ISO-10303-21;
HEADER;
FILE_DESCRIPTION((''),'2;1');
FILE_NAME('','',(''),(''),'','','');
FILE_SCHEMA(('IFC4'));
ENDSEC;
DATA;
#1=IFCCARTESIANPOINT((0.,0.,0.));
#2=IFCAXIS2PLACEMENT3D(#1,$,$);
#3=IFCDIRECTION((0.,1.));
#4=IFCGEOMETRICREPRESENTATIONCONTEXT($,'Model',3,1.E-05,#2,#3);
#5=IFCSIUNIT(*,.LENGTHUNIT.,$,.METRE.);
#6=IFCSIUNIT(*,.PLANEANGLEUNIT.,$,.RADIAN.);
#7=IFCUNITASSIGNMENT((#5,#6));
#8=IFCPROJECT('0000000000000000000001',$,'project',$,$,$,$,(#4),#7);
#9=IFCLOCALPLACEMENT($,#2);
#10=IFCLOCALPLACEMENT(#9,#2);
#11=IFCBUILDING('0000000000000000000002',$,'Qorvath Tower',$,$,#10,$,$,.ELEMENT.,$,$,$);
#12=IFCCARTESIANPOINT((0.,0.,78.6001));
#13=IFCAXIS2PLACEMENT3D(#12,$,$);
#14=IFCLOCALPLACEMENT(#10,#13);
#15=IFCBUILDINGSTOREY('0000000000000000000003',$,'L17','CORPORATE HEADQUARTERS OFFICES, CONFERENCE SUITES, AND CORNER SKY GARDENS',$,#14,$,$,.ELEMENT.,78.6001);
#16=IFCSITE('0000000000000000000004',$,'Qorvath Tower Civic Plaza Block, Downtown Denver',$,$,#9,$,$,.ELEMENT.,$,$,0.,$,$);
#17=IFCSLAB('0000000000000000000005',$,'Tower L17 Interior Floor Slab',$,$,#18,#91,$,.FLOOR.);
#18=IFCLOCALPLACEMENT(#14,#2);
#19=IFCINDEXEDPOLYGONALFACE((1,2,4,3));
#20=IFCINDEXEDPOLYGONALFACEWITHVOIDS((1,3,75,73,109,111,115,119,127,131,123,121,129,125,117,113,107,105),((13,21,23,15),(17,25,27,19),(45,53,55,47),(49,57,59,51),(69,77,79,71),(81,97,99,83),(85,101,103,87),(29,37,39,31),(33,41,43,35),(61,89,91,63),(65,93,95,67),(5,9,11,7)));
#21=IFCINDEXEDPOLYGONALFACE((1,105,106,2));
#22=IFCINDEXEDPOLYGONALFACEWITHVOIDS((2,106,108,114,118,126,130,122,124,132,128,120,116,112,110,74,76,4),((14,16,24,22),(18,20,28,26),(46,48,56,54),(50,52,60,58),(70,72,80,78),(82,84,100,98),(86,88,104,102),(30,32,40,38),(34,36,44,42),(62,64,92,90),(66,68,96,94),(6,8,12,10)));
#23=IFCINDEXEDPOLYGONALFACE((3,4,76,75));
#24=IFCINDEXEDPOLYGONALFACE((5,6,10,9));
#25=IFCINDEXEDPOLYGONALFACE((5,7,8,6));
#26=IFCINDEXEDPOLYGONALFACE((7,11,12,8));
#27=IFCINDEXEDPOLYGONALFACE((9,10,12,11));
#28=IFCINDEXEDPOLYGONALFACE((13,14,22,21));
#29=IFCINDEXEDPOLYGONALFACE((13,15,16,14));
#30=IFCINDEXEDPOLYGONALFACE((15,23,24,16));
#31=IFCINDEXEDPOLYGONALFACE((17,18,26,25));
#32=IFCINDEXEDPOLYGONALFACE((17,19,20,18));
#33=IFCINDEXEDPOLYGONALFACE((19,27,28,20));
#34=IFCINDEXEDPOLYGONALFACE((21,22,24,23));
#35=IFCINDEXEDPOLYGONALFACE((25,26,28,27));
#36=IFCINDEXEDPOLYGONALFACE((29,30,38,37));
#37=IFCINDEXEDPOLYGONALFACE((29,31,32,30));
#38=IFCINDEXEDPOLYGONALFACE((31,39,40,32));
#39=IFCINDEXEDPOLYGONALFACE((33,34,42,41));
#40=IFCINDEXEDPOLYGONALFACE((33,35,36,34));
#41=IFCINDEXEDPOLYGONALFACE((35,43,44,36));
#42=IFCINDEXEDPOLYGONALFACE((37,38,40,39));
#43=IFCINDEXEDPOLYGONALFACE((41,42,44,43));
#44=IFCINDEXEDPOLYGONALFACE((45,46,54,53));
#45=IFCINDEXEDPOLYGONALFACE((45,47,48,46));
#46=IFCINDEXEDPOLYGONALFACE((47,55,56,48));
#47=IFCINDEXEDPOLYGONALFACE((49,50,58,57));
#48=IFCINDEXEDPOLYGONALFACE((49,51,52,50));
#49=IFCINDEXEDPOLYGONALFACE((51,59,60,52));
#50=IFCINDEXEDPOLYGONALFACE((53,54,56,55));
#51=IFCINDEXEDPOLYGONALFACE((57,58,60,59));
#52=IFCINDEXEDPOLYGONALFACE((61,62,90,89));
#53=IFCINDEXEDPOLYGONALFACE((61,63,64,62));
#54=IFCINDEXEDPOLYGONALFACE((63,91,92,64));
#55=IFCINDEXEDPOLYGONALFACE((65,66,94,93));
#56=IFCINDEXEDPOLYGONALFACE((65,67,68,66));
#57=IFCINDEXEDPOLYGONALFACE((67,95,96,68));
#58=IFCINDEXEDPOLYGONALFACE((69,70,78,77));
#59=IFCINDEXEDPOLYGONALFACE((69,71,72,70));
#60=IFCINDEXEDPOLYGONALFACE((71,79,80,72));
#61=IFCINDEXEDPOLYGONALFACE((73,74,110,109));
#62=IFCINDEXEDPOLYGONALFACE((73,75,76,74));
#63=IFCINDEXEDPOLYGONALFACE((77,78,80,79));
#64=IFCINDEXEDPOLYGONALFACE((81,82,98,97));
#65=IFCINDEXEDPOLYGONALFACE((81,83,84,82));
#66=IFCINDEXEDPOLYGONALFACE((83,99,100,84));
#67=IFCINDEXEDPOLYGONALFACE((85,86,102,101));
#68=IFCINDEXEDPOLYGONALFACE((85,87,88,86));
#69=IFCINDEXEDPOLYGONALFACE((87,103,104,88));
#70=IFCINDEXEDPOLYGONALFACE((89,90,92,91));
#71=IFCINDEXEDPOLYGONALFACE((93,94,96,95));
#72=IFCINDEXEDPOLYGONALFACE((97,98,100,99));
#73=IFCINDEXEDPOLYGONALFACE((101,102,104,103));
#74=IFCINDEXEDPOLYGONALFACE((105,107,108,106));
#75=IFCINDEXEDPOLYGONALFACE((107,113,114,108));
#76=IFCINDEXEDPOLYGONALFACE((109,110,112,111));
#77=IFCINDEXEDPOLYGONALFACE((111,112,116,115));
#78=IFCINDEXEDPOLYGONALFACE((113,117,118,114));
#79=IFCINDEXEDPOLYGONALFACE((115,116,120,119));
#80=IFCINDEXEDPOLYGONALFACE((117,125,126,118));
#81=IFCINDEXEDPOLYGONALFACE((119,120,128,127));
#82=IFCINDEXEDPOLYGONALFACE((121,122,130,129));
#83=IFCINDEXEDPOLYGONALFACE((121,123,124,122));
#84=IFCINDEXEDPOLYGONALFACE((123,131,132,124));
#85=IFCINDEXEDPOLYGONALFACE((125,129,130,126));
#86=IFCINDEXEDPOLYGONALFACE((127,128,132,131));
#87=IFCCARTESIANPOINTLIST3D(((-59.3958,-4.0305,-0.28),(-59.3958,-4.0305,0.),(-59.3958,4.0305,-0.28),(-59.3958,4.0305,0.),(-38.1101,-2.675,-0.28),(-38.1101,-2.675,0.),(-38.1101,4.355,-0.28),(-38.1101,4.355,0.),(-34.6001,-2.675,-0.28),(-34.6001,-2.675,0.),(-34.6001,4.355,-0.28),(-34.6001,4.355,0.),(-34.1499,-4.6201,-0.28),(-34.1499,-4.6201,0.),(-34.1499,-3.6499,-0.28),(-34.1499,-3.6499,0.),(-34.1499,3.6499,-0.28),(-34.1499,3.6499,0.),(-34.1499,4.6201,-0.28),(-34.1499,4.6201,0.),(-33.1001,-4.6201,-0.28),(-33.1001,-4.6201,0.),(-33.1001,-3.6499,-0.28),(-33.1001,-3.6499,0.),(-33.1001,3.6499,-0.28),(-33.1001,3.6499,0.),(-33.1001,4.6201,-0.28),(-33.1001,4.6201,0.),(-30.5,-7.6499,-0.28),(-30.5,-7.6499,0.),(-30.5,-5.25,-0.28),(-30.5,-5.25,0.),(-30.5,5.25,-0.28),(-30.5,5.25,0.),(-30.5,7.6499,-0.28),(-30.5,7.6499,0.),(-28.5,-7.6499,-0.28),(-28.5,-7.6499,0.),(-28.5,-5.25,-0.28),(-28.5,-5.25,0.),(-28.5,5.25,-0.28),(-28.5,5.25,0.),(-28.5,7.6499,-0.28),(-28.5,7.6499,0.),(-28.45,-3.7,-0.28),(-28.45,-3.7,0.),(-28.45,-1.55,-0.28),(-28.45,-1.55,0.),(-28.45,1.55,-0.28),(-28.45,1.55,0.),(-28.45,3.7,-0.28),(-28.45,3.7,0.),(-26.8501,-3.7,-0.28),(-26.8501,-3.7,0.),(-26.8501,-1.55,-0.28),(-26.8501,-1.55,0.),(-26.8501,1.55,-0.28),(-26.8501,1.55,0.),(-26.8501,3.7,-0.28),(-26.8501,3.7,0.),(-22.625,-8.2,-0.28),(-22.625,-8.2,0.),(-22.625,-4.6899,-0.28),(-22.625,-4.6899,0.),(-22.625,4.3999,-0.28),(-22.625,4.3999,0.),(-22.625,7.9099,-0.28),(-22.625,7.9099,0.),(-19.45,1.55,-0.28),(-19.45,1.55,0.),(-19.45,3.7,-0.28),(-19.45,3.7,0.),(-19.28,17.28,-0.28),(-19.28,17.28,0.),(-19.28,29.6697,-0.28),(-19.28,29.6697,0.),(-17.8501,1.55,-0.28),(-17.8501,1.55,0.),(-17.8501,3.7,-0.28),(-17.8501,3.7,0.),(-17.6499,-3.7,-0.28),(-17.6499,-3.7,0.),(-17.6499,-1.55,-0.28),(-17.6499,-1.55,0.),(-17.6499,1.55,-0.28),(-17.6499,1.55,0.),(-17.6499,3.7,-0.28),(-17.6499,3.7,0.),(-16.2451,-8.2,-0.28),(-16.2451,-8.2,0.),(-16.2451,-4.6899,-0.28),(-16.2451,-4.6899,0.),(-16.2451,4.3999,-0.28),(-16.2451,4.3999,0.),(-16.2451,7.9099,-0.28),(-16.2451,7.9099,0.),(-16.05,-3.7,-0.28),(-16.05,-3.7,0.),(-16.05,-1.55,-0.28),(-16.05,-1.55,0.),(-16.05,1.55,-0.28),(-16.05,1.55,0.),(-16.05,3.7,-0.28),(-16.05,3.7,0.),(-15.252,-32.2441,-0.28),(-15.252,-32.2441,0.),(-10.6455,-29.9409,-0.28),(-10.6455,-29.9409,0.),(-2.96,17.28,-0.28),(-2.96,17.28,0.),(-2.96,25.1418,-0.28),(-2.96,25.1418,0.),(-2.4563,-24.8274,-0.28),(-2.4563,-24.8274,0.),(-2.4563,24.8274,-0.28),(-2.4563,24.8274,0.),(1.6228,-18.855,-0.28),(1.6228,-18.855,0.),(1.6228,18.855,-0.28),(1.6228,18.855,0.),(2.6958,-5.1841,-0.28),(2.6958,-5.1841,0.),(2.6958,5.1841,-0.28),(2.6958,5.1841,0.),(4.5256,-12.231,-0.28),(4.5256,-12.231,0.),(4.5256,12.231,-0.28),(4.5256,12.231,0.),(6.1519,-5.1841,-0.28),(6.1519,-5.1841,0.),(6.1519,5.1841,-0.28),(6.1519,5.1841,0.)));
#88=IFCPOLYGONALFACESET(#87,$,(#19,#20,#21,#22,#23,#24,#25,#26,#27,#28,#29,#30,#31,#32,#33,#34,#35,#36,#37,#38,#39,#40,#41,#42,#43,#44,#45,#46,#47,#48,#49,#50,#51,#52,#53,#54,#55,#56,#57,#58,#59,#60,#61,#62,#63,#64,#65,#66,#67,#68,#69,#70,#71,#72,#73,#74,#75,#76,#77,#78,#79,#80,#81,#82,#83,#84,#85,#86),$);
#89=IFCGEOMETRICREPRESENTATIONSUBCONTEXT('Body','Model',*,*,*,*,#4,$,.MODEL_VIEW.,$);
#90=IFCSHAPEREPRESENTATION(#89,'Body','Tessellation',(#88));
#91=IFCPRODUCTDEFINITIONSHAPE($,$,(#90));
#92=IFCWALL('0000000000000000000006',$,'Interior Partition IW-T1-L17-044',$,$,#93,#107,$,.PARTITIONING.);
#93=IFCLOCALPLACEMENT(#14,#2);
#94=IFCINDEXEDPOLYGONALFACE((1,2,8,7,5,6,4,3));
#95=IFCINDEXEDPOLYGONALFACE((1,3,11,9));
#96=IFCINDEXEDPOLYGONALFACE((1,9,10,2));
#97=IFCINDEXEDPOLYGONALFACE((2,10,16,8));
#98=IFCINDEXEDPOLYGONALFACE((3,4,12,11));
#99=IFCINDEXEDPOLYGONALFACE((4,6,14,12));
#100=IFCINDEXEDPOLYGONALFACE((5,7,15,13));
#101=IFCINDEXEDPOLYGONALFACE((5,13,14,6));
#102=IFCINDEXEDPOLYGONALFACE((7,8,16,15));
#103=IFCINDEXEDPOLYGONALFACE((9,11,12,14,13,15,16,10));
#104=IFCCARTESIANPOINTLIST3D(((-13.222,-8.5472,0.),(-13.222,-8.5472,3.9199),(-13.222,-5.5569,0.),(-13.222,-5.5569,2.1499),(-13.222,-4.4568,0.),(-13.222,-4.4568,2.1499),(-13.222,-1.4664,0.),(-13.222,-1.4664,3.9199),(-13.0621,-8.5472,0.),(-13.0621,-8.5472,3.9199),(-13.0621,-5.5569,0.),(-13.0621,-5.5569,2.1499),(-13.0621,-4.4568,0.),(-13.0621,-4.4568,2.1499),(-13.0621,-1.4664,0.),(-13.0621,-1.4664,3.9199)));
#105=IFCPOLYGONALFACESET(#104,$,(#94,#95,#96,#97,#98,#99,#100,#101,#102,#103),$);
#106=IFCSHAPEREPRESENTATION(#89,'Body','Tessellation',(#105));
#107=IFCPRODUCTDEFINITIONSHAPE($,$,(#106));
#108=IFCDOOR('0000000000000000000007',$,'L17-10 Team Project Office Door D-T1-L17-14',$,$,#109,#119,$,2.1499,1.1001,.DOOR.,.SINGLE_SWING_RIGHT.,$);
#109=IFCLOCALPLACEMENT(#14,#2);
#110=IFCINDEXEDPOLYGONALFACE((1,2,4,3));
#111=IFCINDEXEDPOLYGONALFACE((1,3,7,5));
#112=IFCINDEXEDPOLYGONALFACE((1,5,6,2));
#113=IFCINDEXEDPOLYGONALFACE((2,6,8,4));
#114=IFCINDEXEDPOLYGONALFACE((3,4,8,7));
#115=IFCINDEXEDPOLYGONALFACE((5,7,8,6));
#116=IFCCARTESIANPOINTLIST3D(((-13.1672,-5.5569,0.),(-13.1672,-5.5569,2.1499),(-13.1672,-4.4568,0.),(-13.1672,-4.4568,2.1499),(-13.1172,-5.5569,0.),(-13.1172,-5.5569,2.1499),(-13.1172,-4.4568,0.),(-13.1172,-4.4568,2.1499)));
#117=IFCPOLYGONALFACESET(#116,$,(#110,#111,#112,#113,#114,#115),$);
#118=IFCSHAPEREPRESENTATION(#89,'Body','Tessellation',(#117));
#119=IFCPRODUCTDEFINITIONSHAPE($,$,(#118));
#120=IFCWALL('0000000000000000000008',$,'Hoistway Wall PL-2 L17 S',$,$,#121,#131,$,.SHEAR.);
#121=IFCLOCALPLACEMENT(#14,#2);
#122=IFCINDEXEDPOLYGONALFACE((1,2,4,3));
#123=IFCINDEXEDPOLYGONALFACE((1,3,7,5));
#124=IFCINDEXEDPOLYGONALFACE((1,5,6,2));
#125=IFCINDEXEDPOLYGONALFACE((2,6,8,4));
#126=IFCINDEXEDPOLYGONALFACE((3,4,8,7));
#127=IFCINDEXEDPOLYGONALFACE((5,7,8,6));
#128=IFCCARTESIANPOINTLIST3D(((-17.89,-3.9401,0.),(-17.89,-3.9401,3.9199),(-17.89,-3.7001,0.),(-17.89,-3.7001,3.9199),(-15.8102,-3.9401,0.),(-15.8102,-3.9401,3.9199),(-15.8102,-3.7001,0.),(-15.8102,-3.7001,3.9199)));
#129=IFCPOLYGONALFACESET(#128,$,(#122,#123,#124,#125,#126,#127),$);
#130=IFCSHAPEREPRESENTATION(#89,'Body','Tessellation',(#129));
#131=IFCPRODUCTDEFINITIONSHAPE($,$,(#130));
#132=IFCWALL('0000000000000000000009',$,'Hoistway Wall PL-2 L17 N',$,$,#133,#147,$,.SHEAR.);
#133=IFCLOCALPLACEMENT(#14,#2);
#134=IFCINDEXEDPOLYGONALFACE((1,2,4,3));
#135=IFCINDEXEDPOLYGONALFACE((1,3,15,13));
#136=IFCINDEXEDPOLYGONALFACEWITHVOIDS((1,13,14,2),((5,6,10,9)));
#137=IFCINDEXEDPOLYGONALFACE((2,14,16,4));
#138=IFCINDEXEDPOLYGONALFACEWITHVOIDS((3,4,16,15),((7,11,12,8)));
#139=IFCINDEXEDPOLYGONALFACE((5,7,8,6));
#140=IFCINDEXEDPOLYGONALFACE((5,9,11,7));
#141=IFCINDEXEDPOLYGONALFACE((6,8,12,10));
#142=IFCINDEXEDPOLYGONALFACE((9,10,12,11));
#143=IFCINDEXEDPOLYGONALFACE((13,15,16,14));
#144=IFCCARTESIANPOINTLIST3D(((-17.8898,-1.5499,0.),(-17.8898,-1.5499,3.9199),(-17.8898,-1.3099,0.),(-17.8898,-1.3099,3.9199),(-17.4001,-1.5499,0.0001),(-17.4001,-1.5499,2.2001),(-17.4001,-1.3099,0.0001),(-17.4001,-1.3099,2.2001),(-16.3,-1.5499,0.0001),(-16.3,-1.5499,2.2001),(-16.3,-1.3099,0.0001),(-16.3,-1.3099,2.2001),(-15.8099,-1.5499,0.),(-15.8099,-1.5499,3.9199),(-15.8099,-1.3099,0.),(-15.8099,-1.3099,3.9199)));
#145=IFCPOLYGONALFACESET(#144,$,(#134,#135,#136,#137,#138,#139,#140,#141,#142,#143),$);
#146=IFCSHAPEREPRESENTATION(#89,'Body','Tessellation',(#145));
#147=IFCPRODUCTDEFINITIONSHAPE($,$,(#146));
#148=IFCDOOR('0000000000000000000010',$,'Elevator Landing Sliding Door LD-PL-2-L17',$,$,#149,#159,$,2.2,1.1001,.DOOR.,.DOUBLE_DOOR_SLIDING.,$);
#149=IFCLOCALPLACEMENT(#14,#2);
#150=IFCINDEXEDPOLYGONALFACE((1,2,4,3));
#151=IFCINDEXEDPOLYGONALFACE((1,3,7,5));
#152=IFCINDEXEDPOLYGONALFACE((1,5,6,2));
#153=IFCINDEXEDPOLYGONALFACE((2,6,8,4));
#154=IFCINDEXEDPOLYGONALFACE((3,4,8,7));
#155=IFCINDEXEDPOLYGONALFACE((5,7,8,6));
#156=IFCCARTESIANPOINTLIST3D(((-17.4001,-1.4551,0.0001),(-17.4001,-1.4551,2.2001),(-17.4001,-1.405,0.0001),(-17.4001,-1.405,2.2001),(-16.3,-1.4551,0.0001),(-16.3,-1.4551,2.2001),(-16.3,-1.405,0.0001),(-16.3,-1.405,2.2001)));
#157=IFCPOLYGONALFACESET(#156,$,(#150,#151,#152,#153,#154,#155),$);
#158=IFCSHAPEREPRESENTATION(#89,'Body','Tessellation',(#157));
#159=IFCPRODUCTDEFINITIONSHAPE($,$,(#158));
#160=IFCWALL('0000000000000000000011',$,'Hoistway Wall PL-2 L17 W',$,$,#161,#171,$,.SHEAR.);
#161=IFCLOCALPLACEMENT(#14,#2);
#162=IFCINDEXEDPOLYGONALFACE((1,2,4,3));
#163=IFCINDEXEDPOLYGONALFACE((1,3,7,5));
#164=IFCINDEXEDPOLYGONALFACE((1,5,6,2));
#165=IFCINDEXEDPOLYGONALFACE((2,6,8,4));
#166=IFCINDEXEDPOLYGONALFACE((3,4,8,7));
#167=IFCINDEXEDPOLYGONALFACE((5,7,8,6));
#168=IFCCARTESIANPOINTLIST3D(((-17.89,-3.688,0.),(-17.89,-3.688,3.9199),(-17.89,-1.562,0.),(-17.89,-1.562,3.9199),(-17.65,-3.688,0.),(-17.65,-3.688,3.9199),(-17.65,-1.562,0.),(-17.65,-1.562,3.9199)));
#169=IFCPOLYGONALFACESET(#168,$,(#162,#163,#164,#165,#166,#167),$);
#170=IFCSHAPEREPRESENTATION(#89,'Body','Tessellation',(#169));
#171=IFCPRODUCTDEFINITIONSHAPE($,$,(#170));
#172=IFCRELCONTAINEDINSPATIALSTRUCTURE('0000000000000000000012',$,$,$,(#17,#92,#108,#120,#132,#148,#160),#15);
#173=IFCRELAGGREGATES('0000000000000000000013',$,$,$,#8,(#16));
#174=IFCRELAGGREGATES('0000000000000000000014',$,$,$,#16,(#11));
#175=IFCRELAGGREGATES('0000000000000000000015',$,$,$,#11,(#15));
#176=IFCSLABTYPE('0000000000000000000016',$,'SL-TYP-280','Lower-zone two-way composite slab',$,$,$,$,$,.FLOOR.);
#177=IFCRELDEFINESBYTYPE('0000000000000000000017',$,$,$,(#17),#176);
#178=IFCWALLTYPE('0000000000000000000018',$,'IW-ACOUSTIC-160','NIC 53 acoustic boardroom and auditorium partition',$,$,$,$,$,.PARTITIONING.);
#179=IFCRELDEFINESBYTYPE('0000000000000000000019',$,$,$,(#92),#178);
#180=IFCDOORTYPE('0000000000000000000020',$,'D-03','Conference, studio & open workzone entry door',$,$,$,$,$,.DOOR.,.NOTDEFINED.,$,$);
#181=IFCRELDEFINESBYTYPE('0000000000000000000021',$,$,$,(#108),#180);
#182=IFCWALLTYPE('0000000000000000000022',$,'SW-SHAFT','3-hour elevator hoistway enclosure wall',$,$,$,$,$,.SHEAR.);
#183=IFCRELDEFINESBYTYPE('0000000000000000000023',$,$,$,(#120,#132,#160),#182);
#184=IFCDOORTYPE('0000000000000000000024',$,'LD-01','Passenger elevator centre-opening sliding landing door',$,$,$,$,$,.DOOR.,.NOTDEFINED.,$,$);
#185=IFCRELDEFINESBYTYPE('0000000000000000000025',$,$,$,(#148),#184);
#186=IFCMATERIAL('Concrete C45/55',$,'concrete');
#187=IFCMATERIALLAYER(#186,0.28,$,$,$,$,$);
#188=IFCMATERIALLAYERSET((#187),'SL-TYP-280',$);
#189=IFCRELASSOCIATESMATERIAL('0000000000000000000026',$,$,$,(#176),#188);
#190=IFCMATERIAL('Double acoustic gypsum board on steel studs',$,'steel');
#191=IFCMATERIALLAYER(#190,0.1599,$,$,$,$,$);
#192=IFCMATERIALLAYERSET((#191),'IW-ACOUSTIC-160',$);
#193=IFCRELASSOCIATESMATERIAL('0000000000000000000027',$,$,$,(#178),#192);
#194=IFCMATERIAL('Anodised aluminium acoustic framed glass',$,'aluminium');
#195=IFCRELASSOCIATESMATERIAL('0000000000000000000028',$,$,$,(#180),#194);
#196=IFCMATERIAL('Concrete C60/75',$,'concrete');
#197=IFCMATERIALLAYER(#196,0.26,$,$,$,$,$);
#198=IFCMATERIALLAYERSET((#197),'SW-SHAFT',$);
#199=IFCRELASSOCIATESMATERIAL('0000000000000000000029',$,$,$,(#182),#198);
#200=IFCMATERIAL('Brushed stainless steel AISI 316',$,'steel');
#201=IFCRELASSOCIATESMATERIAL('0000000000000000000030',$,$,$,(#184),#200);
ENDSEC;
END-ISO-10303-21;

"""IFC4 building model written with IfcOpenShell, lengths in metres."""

from ifc_helpers import new_model, si_unit, direction, frame, frame_2d, origin, place, context, subcontext, project, spatial, polyline, rectangle, outline, extrude, material, layer, layer_set, type_object, element, fill, save


model = new_model("IFC4")

# Units and contexts
model_context = context("Model", 3, precision=1e-05, world=origin(), true_north=direction((0.0, 1.0)))
body_context = subcontext(model_context, "Body", "Model", "MODEL_VIEW")
ifc_project = project(units=[si_unit("LENGTHUNIT", "METRE"), si_unit("PLANEANGLEUNIT", "RADIAN")], contexts=[model_context])

# Site, building, storey
site_placement = place(None, origin())
site = spatial("IfcSite", under=ifc_project, at=site_placement, Name="Qorvath Tower Civic Plaza Block, Downtown Denver", CompositionType="ELEMENT", RefElevation=0.0)
building_placement = place(site_placement, origin())
building = spatial("IfcBuilding", under=site, at=building_placement, Name="Qorvath Tower", CompositionType="ELEMENT")
storey_placement = place(building_placement, frame((0.0, 0.0, 78.6001)))
storey = spatial("IfcBuildingStorey", under=building, at=storey_placement, Name="L17", Description="CORPORATE HEADQUARTERS OFFICES, CONFERENCE SUITES, AND CORNER SKY GARDENS", CompositionType="ELEMENT", Elevation=78.6001)

# Slab
ifc_material_1 = material(Name="Concrete C45/55", Category="concrete")
ifc_layer_1 = layer(ifc_material_1, 0.28)
ifc_layer_set_1 = layer_set([ifc_layer_1], Name="SL-TYP-280")
slab_type_1 = type_object("IfcSlabType", Name="SL-TYP-280", Description="Lower-zone two-way composite slab", PredefinedType="FLOOR", material=ifc_layer_set_1)
slab_1_placement = place(storey_placement, frame((0.0, 0.0, -0.28)))
element("IfcSlab", 1, at=slab_1_placement, inside=storey, type_object=slab_type_1, Name="Tower L17 Interior Floor Slab", PredefinedType="FLOOR", context=body_context, shape_type="SweptSolid", body=[
    extrude(outline(polyline([(-2.4563, 24.8274), (-2.96, 25.1418), (-2.96, 17.28), (-19.28, 17.28), (-19.28, 29.6697), (-59.3958, 4.0305), (-59.3958, -4.0305), (-15.252, -32.2441), (-10.6455, -29.9409), (-2.4563, -24.8274), (1.6228, -18.855), (4.5256, -12.231), (6.1519, -5.1841), (2.6958, -5.1841), (2.6958, 5.1841), (6.1519, 5.1841), (4.5256, 12.231), (1.6228, 18.855), (-2.4563, 24.8274)]), holes=[polyline([(-17.6499, -3.7), (-17.6499, -1.55), (-16.05, -1.55), (-16.05, -3.7), (-17.6499, -3.7)]), polyline([(-17.6499, 1.55), (-17.6499, 3.7), (-16.05, 3.7), (-16.05, 1.55), (-17.6499, 1.55)]), polyline([(-16.2451, -8.2), (-22.625, -8.2), (-22.625, -4.6899), (-16.2451, -4.6899), (-16.2451, -8.2)]), polyline([(-22.625, 4.3999), (-22.625, 7.9099), (-16.2451, 7.9099), (-16.2451, 4.3999), (-22.625, 4.3999)]), polyline([(-17.8501, 1.55), (-19.45, 1.55), (-19.45, 3.7), (-17.8501, 3.7), (-17.8501, 1.55)]), polyline([(-28.45, -3.7), (-28.45, -1.55), (-26.8501, -1.55), (-26.8501, -3.7), (-28.45, -3.7)]), polyline([(-26.8501, 1.55), (-28.45, 1.55), (-28.45, 3.7), (-26.8501, 3.7), (-26.8501, 1.55)]), polyline([(-28.5, -7.6499), (-30.5, -7.6499), (-30.5, -5.25), (-28.5, -5.25), (-28.5, -7.6499)]), polyline([(-30.5, 5.25), (-30.5, 7.6499), (-28.5, 7.6499), (-28.5, 5.25), (-30.5, 5.25)]), polyline([(-34.1499, -4.6201), (-34.1499, -3.6499), (-33.1001, -3.6499), (-33.1001, -4.6201), (-34.1499, -4.6201)]), polyline([(-34.1499, 3.6499), (-34.1499, 4.6201), (-33.1001, 4.6201), (-33.1001, 3.6499), (-34.1499, 3.6499)]), polyline([(-34.6001, -2.675), (-38.1101, -2.675), (-38.1101, 4.355), (-34.6001, 4.355), (-34.6001, -2.675)])]), origin(), (0.0, 0.0, 1.0), 0.28),
])

# Wall, opening, door
ifc_material_2 = material(Name="Double acoustic gypsum board on steel studs", Category="steel")
ifc_layer_2 = layer(ifc_material_2, 0.1599)
ifc_layer_set_2 = layer_set([ifc_layer_2], Name="IW-ACOUSTIC-160")
wall_type_1 = type_object("IfcWallType", Name="IW-ACOUSTIC-160", Description="NIC 53 acoustic boardroom and auditorium partition", PredefinedType="PARTITIONING", material=ifc_layer_set_2)
wall_1_placement = place(storey_placement, frame((-13.1421, -1.4663, 0.0), z_axis=(0.0, 0.0, 1.0), x_axis=(0.0, -1.0, 0.0)))
wall_1 = element("IfcWall", 2, at=wall_1_placement, inside=storey, type_object=wall_type_1, Name="Interior Partition IW-T1-L17-044", PredefinedType="PARTITIONING", context=body_context, shape_type="SweptSolid", body=[
    extrude(rectangle(XDim=7.0808, YDim=0.1599, at=frame_2d((3.5405, 0.0))), origin(), (0.0, 0.0, 1.0), 3.9199),
])
opening_1_placement = place(wall_1_placement, frame((2.9905, 0.0, 0.0)))
opening_1 = element("IfcOpeningElement", 3, at=opening_1_placement, cuts=wall_1, PredefinedType="OPENING", context=body_context, shape_type="SweptSolid", body=[
    extrude(rectangle(XDim=1.1001, YDim=2.1499, at=frame_2d((0.55, 1.075))), frame((0.0, 0.0898, 0.0), z_axis=(0.0, -1.0, 0.0), x_axis=(1.0, 0.0, 0.0)), (0.0, 0.0, 1.0), 0.1799),
])
ifc_material_3 = material(Name="Anodised aluminium acoustic framed glass", Category="aluminium")
door_type_1 = type_object("IfcDoorType", Name="D-03", Description="Conference, studio & open workzone entry door", OperationType="NOTDEFINED", PredefinedType="DOOR", material=ifc_material_3)
door_1_placement = place(opening_1_placement, origin())
door_1 = element("IfcDoor", 4, at=door_1_placement, inside=storey, type_object=door_type_1, Name="L17-10 Team Project Office Door D-T1-L17-14", OperationType="SINGLE_SWING_RIGHT", OverallHeight=2.1499, OverallWidth=1.1001, PredefinedType="DOOR", context=body_context, shape_type="SweptSolid", body=[
    extrude(rectangle(XDim=1.1001, YDim=2.1499, at=frame_2d((0.55, 1.075))), frame((0.0, 0.0249, 0.0), z_axis=(0.0, -1.0, 0.0), x_axis=(1.0, 0.0, 0.0)), (0.0, 0.0, 1.0), 0.05),
])
fill(opening_1, door_1)

# Wall
ifc_material_4 = material(Name="Concrete C60/75", Category="concrete")
ifc_layer_3 = layer(ifc_material_4, 0.26)
ifc_layer_set_3 = layer_set([ifc_layer_3], Name="SW-SHAFT")
wall_type_2 = type_object("IfcWallType", Name="SW-SHAFT", Description="3-hour elevator hoistway enclosure wall", PredefinedType="SHEAR", material=ifc_layer_set_3)
wall_2_placement = place(storey_placement, frame((-15.8101, -3.8201, 0.0), z_axis=(0.0, 0.0, 1.0), x_axis=(-1.0, 0.0, 0.0)))
element("IfcWall", 5, at=wall_2_placement, inside=storey, type_object=wall_type_2, Name="Hoistway Wall PL-2 L17 S", PredefinedType="SHEAR", context=body_context, shape_type="SweptSolid", body=[
    extrude(rectangle(XDim=2.0798, YDim=0.24, at=frame_2d((1.04, 0.0))), origin(), (0.0, 0.0, 1.0), 3.9199),
])

# Wall, opening, door
wall_3_placement = place(storey_placement, frame((-17.8899, -1.4299, 0.0), z_axis=(0.0, 0.0, 1.0), x_axis=(1.0, 0.0, 0.0)))
wall_3 = element("IfcWall", 6, at=wall_3_placement, inside=storey, type_object=wall_type_2, Name="Hoistway Wall PL-2 L17 N", PredefinedType="SHEAR", context=body_context, shape_type="SweptSolid", body=[
    extrude(rectangle(XDim=2.0798, YDim=0.24, at=frame_2d((1.04, 0.0))), origin(), (0.0, 0.0, 1.0), 3.9199),
])
opening_2_placement = place(wall_3_placement, frame((0.4897, 0.0, 0.0)))
opening_2 = element("IfcOpeningElement", 7, at=opening_2_placement, cuts=wall_3, PredefinedType="OPENING", context=body_context, shape_type="SweptSolid", body=[
    extrude(rectangle(XDim=1.1001, YDim=2.2, at=frame_2d((0.55, 1.1001))), frame((0.0, 0.1299, 0.0), z_axis=(0.0, -1.0, 0.0), x_axis=(1.0, 0.0, 0.0)), (0.0, 0.0, 1.0), 0.26),
])
ifc_material_5 = material(Name="Brushed stainless steel AISI 316", Category="steel")
door_type_2 = type_object("IfcDoorType", Name="LD-01", Description="Passenger elevator centre-opening sliding landing door", OperationType="NOTDEFINED", PredefinedType="DOOR", material=ifc_material_5)
door_2_placement = place(opening_2_placement, origin())
door_2 = element("IfcDoor", 8, at=door_2_placement, inside=storey, type_object=door_type_2, Name="Elevator Landing Sliding Door LD-PL-2-L17", OperationType="DOUBLE_DOOR_SLIDING", OverallHeight=2.2, OverallWidth=1.1001, PredefinedType="DOOR", context=body_context, shape_type="SweptSolid", body=[
    extrude(rectangle(XDim=1.1001, YDim=2.2, at=frame_2d((0.55, 1.1001))), frame((0.0, 0.0249, 0.0), z_axis=(0.0, -1.0, 0.0), x_axis=(1.0, 0.0, 0.0)), (0.0, 0.0, 1.0), 0.05),
])
fill(opening_2, door_2)

# Wall
for number, where, z_axis, x_axis, name in (
    (9, (-17.77, -3.688, 0.0), (0.0, 0.0, 1.0), (0.0, 1.0, 0.0), "Hoistway Wall PL-2 L17 W"),
):
    element("IfcWall", number, at=place(storey_placement, frame(where, z_axis=z_axis, x_axis=x_axis)), inside=storey, type_object=wall_type_2, Name=name, PredefinedType="SHEAR", context=body_context, shape_type="SweptSolid", body=[
        extrude(rectangle(XDim=2.126, YDim=0.24, at=frame_2d((1.063, 0.0))), origin(), (0.0, 0.0, 1.0), 3.9199),
    ])

save(model, "model.ifc")
